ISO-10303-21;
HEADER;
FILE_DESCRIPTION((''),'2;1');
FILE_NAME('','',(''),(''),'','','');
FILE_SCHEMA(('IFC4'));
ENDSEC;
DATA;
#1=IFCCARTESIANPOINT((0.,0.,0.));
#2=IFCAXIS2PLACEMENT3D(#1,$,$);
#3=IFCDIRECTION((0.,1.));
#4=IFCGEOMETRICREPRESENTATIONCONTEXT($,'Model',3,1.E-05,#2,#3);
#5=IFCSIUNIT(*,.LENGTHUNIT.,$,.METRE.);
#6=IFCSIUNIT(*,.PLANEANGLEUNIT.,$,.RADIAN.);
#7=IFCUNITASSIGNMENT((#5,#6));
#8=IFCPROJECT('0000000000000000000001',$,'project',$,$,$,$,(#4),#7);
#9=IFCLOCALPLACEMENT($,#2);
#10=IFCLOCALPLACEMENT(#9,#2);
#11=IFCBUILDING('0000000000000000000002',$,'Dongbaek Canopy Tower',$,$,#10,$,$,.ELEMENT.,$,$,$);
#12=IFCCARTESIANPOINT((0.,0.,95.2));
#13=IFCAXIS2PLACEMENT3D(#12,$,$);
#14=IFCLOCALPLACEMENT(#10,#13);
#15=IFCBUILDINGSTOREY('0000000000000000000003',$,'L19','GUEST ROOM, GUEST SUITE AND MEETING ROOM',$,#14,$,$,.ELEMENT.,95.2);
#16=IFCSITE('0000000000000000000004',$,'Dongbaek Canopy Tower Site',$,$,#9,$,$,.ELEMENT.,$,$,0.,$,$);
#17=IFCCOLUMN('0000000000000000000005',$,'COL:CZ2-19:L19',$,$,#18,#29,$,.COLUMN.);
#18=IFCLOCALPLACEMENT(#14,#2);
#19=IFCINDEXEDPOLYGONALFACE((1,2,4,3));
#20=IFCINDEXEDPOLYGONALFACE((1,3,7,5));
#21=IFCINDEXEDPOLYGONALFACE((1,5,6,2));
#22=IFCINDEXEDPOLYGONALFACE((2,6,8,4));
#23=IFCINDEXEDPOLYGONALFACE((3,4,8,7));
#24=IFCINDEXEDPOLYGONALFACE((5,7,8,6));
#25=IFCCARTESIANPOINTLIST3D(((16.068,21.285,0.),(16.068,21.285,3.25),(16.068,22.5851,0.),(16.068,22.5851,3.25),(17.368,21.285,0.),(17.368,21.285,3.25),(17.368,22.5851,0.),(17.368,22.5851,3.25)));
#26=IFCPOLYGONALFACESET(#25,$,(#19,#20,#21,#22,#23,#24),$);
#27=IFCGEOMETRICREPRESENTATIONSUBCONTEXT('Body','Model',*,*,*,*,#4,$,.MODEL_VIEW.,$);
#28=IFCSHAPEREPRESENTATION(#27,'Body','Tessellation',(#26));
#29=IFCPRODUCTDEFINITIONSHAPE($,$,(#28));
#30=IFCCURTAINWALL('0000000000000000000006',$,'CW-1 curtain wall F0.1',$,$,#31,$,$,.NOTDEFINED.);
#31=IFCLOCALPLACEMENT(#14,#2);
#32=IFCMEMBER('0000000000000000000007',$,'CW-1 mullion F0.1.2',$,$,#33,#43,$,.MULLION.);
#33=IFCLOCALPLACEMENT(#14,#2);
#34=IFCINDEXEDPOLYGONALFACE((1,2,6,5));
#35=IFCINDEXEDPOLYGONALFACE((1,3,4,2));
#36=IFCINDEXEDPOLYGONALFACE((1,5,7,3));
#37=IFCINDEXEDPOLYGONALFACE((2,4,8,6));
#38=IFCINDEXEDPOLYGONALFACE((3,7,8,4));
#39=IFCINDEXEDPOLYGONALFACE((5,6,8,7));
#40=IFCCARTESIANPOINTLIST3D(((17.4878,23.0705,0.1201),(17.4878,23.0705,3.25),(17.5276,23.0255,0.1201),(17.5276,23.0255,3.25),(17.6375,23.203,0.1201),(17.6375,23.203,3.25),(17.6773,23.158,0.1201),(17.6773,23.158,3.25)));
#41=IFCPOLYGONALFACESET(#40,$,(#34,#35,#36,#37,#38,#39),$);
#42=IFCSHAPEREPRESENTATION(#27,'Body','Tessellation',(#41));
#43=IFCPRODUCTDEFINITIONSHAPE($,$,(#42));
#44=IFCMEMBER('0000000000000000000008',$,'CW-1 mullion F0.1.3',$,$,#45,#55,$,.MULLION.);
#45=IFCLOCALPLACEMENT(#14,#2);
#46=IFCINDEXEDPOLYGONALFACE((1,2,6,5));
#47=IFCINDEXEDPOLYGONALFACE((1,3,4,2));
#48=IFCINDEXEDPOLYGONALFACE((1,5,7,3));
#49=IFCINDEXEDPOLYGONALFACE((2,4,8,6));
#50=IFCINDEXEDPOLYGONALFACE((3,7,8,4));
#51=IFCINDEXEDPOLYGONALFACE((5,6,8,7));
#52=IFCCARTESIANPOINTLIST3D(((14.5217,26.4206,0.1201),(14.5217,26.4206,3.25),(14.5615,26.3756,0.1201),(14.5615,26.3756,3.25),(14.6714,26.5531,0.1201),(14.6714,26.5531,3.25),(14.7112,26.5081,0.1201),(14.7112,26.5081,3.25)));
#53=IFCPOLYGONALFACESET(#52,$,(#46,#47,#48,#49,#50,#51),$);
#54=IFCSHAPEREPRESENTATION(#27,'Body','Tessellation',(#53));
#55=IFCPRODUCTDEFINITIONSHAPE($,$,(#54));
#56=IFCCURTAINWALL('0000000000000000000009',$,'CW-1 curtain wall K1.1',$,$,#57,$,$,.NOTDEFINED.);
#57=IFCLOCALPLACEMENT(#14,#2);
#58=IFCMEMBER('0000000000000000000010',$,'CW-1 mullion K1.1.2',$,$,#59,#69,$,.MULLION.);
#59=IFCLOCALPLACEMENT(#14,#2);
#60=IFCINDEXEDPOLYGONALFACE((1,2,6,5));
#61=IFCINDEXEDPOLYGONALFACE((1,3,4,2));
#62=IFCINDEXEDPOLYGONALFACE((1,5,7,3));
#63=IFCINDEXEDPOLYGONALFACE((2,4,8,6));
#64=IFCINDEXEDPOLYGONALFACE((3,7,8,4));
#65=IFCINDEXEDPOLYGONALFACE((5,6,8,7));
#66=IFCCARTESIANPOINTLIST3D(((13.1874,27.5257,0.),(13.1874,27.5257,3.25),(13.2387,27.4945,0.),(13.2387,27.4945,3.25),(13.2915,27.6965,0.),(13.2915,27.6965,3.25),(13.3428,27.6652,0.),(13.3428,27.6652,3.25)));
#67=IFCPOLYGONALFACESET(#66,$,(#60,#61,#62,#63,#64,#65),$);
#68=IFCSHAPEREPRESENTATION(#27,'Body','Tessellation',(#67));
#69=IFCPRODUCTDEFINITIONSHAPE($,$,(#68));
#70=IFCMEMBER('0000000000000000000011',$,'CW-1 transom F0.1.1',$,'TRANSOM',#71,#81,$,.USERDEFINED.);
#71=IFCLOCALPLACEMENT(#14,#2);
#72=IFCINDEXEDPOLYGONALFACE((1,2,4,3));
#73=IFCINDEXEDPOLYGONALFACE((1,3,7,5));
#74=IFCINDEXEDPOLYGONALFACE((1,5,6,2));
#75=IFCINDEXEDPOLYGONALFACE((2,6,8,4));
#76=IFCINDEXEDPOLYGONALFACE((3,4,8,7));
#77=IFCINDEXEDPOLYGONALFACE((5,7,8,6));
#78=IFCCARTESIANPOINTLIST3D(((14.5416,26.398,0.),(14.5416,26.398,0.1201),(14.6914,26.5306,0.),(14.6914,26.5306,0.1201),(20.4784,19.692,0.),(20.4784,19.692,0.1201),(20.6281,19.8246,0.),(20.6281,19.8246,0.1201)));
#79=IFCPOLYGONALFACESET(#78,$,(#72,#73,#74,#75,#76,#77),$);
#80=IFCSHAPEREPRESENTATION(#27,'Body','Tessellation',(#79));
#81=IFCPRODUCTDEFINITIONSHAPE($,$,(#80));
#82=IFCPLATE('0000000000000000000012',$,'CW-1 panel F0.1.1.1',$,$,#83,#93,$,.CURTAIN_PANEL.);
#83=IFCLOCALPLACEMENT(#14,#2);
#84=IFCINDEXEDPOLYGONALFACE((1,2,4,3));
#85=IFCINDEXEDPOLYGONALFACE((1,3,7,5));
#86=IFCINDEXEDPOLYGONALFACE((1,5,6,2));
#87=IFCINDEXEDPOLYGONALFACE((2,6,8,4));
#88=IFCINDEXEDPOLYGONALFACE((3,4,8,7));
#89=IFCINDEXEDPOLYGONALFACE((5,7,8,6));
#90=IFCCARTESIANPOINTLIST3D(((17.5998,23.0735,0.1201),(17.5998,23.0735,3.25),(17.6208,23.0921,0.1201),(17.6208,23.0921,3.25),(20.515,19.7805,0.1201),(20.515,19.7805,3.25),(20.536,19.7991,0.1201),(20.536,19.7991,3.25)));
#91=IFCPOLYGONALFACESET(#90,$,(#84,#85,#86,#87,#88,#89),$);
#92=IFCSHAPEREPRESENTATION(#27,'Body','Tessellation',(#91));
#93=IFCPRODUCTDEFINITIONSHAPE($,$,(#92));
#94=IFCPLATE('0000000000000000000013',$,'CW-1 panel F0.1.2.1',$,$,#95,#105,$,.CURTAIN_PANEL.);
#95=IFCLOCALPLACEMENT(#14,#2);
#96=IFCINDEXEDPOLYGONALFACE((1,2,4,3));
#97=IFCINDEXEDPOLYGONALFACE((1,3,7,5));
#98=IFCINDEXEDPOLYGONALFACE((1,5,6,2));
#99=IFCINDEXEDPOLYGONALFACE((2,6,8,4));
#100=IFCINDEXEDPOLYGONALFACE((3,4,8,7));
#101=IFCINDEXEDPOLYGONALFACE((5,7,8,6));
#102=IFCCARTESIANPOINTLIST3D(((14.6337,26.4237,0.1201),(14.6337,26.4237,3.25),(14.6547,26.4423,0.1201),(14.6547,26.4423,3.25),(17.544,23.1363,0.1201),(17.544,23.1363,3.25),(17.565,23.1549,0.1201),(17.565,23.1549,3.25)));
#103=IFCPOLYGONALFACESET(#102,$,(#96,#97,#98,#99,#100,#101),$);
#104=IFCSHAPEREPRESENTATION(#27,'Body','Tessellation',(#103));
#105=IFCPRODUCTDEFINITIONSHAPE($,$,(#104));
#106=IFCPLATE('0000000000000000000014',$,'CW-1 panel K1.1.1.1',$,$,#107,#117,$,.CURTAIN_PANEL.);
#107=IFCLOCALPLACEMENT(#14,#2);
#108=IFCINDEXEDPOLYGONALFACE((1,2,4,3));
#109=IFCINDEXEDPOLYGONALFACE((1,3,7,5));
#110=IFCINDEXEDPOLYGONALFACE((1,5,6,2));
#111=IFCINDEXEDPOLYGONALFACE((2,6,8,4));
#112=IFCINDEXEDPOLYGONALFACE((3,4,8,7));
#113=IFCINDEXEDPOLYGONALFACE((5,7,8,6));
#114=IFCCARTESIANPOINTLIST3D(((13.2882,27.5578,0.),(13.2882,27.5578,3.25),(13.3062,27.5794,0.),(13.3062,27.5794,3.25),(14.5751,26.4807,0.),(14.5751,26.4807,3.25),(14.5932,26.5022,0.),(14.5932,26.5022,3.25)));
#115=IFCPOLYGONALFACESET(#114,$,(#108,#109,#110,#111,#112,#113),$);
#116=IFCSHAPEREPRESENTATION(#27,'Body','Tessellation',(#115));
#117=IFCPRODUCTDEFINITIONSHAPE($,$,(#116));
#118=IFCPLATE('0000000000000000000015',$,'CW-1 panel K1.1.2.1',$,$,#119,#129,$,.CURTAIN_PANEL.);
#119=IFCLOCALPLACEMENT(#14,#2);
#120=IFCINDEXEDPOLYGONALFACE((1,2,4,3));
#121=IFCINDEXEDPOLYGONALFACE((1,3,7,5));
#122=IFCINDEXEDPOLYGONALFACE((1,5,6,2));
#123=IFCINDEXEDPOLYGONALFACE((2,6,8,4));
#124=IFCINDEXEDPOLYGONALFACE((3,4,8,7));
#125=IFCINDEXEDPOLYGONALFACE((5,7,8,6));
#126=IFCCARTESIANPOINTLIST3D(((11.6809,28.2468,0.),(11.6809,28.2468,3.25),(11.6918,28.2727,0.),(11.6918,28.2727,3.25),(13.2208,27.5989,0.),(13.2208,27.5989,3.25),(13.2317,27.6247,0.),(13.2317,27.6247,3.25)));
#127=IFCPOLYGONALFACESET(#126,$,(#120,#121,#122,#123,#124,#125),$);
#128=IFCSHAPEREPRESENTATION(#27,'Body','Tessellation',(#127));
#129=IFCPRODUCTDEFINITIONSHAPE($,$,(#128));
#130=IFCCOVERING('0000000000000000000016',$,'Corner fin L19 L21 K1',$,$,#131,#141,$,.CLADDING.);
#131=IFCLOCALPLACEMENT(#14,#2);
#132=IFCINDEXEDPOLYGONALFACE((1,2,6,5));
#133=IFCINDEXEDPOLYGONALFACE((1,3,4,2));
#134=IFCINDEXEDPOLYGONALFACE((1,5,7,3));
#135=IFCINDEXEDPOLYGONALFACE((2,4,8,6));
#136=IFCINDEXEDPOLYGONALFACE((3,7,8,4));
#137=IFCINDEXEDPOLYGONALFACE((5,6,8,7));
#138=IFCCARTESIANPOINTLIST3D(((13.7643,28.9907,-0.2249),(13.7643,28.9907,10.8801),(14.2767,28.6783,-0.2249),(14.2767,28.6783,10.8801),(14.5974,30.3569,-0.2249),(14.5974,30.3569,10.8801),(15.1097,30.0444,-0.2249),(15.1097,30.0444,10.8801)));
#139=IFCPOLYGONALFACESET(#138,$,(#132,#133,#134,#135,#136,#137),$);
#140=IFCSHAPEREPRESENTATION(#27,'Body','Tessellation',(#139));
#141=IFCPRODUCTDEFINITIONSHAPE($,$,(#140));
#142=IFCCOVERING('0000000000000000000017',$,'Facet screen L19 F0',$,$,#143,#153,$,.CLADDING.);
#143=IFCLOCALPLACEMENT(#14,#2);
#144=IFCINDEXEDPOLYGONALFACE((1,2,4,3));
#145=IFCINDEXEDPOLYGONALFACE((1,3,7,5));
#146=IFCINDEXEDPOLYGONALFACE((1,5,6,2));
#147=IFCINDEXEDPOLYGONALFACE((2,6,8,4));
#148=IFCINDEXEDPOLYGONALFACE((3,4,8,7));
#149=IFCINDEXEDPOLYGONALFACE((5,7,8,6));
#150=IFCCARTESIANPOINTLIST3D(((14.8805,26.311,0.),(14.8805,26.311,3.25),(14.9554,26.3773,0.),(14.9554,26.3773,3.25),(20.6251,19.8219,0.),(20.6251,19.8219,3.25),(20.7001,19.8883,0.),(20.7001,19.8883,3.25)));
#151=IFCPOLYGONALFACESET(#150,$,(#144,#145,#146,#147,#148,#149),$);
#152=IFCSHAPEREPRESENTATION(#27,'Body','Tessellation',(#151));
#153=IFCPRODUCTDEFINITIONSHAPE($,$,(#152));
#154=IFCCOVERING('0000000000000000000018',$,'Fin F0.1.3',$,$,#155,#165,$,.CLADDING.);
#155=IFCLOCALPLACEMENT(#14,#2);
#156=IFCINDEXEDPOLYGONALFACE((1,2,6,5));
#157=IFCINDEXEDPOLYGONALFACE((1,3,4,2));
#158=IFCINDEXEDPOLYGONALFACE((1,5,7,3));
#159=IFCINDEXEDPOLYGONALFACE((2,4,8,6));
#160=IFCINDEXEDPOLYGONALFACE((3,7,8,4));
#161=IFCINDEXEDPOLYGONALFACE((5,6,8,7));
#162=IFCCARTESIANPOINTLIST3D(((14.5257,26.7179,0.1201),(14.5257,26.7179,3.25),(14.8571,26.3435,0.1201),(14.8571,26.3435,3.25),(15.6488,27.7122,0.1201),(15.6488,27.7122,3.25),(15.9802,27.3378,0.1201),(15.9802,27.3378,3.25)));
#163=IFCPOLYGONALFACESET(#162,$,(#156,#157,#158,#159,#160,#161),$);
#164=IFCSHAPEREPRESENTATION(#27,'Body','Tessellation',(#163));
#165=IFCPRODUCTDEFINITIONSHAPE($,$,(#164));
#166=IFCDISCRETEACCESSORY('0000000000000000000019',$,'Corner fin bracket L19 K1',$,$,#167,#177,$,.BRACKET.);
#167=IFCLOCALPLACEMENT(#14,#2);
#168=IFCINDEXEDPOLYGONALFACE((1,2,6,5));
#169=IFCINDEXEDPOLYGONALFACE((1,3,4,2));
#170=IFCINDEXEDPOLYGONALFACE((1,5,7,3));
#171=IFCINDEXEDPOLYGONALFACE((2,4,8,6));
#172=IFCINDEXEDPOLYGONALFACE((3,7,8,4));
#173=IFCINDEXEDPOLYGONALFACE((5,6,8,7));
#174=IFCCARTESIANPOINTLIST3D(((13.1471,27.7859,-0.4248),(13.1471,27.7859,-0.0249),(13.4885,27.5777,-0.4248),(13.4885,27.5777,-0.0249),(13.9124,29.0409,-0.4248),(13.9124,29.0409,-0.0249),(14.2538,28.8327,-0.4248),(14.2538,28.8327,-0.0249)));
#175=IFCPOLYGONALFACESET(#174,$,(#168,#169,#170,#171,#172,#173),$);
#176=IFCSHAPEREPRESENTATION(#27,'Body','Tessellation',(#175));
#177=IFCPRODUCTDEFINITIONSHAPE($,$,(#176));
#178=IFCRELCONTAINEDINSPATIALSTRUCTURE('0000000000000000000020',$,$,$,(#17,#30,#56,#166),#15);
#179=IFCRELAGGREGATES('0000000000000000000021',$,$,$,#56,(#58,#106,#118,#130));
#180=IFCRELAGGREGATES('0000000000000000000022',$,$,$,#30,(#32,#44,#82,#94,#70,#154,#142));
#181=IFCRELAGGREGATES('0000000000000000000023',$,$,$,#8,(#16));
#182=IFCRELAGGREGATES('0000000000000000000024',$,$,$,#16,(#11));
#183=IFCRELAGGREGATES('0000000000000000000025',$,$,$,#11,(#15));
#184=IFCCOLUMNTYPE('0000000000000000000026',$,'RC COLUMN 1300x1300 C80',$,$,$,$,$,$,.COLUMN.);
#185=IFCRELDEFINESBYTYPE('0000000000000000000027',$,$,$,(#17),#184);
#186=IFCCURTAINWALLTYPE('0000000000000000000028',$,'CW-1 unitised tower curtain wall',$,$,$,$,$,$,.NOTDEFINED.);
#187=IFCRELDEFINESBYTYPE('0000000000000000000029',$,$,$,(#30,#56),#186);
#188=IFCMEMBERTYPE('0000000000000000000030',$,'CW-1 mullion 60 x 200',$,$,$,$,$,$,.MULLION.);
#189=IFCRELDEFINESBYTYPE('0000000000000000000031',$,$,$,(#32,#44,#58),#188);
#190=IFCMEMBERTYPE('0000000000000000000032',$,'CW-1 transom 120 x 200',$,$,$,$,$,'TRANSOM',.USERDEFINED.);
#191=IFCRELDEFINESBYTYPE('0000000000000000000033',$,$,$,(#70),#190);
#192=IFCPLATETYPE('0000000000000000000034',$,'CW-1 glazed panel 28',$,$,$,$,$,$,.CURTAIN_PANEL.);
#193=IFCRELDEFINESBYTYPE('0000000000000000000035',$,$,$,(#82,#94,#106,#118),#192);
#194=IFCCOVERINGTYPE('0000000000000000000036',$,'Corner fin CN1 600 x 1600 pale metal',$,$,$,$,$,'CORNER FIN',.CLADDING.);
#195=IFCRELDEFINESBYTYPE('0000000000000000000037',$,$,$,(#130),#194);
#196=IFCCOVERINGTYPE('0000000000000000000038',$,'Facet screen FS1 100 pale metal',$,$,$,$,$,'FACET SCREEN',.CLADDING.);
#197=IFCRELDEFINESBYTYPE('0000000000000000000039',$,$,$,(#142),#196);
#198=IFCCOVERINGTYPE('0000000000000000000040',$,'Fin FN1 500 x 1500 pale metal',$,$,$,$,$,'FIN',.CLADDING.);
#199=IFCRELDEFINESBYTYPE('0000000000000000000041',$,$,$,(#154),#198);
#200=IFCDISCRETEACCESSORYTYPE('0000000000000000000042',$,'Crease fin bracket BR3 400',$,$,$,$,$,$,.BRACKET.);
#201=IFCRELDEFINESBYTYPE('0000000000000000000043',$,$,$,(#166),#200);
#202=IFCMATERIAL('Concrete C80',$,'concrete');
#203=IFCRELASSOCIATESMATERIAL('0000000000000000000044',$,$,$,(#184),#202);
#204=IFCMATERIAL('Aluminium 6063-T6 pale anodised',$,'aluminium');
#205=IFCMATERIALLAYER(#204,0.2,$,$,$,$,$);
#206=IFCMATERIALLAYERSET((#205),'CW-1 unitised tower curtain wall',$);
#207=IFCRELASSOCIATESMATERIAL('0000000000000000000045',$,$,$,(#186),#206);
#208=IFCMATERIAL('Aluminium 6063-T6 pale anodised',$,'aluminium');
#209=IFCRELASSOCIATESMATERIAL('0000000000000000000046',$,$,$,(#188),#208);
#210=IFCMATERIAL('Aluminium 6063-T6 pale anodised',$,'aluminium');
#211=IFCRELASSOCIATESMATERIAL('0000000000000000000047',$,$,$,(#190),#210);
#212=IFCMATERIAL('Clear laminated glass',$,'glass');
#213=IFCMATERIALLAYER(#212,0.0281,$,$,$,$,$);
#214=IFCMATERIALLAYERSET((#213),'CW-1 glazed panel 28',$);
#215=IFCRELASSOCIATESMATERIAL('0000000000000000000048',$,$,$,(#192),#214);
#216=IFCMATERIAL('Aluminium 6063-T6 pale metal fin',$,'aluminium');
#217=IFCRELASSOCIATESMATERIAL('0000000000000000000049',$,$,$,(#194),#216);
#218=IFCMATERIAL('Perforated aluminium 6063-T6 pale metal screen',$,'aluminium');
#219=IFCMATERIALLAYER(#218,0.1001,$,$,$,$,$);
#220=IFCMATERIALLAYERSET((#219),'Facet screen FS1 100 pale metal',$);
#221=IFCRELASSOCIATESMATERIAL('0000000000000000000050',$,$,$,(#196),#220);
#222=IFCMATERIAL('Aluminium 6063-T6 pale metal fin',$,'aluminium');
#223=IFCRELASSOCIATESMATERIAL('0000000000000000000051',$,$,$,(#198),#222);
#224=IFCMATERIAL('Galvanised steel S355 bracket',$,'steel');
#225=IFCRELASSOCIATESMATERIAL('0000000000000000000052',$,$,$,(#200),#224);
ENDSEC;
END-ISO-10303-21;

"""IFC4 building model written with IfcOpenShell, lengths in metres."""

from ifc_helpers import new_model, si_unit, direction, frame, origin, origin_2d, place, context, subcontext, project, spatial, rectangle, extrude, material, layer, layer_set, material_profile, profile_set, type_object, element, aggregate, save


model = new_model("IFC4")

# Units and contexts
model_context = context("Model", 3, precision=1e-05, world=origin(), true_north=direction((0.0, 1.0)))
body_context = subcontext(model_context, "Body", "Model", "MODEL_VIEW")
ifc_project = project(units=[si_unit("LENGTHUNIT", "METRE"), si_unit("PLANEANGLEUNIT", "RADIAN")], contexts=[model_context])

# Site, building, storey
site_placement = place(None, origin())
site = spatial("IfcSite", under=ifc_project, at=site_placement, Name="Dongbaek Canopy Tower Site", CompositionType="ELEMENT", RefElevation=0.0)
building_placement = place(site_placement, origin())
building = spatial("IfcBuilding", under=site, at=building_placement, Name="Dongbaek Canopy Tower", CompositionType="ELEMENT")
storey_placement = place(building_placement, frame((0.0, 0.0, 95.2)))
storey = spatial("IfcBuildingStorey", under=building, at=storey_placement, Name="L19", Description="GUEST ROOM, GUEST SUITE AND MEETING ROOM", CompositionType="ELEMENT", Elevation=95.2)

# Column
ifc_material_1 = material(Name="Concrete C80", Category="concrete")
ifc_material_profile_1 = material_profile(ifc_material_1, rectangle(XDim=1.3, YDim=1.3, at=origin_2d()), Name="RC COLUMN 1300x1300 C80")
ifc_profile_set_1 = profile_set([ifc_material_profile_1], Name="Concrete C80")
column_type = type_object("IfcColumnType", Name="RC COLUMN 1300x1300 C80", PredefinedType="COLUMN", material=ifc_profile_set_1)
column_placement = place(storey_placement, frame((16.718, 21.9351, 0.0), z_axis=(0.0, 0.0, 1.0), x_axis=(1.0, 0.0, 0.0)))
element("IfcColumn", 1, at=column_placement, inside=storey, type_object=column_type, Name="COL:CZ2-19:L19", PredefinedType="COLUMN", context=body_context, shape_type="SweptSolid", body=[
    extrude(rectangle(XDim=1.3, YDim=1.3, at=origin_2d()), origin(), (0.0, 0.0, 1.0), 3.25),
])

# Curtain wall, members
ifc_material_2 = material(Name="Aluminium 6063-T6 pale anodised", Category="aluminium")
ifc_layer_1 = layer(ifc_material_2, 0.2)
ifc_layer_set_1 = layer_set([ifc_layer_1], Name="CW-1 unitised tower curtain wall")
curtain_wall_type = type_object("IfcCurtainWallType", Name="CW-1 unitised tower curtain wall", PredefinedType="NOTDEFINED", material=ifc_layer_set_1)
curtain_wall_1_placement = place(storey_placement, origin())
curtain_wall_1 = element("IfcCurtainWall", 2, at=curtain_wall_1_placement, inside=storey, type_object=curtain_wall_type, Name="CW-1 curtain wall F0.1", PredefinedType="NOTDEFINED")
ifc_material_3 = material(Name="Aluminium 6063-T6 pale anodised", Category="aluminium")
ifc_material_profile_2 = material_profile(ifc_material_3, rectangle(XDim=0.2, YDim=0.0601, at=origin_2d()), Name="CW-1 mullion 60 x 200")
ifc_profile_set_2 = profile_set([ifc_material_profile_2], Name="Aluminium 6063-T6 pale anodised")
member_type_1 = type_object("IfcMemberType", Name="CW-1 mullion 60 x 200", PredefinedType="MULLION", material=ifc_profile_set_2)
member_1_placement = place(storey_placement, frame((17.5825, 23.1143, 0.1201), z_axis=(0.0, 0.0, 1.0), x_axis=(0.748749, 0.662854, 0.0)))
member_1 = element("IfcMember", 3, at=member_1_placement, type_object=member_type_1, Name="CW-1 mullion F0.1.2", PredefinedType="MULLION", context=body_context, shape_type="SweptSolid", body=[
    extrude(rectangle(XDim=0.2, YDim=0.0601, at=origin_2d()), origin(), (0.0, 0.0, 1.0), 3.1299),
])
member_2_placement = place(storey_placement, frame((14.6165, 26.4644, 0.1201), z_axis=(0.0, 0.0, 1.0), x_axis=(0.748749, 0.662854, 0.0)))
member_2 = element("IfcMember", 4, at=member_2_placement, type_object=member_type_1, Name="CW-1 mullion F0.1.3", PredefinedType="MULLION", context=body_context, shape_type="SweptSolid", body=[
    extrude(rectangle(XDim=0.2, YDim=0.0601, at=origin_2d()), origin(), (0.0, 0.0, 1.0), 3.1299),
])

# Curtain wall, member
curtain_wall_2_placement = place(storey_placement, origin())
curtain_wall_2 = element("IfcCurtainWall", 5, at=curtain_wall_2_placement, inside=storey, type_object=curtain_wall_type, Name="CW-1 curtain wall K1.1", PredefinedType="NOTDEFINED")
member_3_placement = place(storey_placement, frame((13.2651, 27.5955, 0.0), z_axis=(0.0, 0.0, 1.0), x_axis=(0.520636, 0.853779, 0.0)))
member_3 = element("IfcMember", 6, at=member_3_placement, type_object=member_type_1, Name="CW-1 mullion K1.1.2", PredefinedType="MULLION", context=body_context, shape_type="SweptSolid", body=[
    extrude(rectangle(XDim=0.2, YDim=0.0601, at=origin_2d()), origin(), (0.0, 0.0, 1.0), 3.25),
])

# Member
ifc_material_4 = material(Name="Aluminium 6063-T6 pale anodised", Category="aluminium")
ifc_material_profile_3 = material_profile(ifc_material_4, rectangle(XDim=0.2, YDim=0.1201, at=origin_2d()), Name="CW-1 transom 120 x 200")
ifc_profile_set_3 = profile_set([ifc_material_profile_3], Name="Aluminium 6063-T6 pale anodised")
member_type_2 = type_object("IfcMemberType", Name="CW-1 transom 120 x 200", ElementType="TRANSOM", PredefinedType="USERDEFINED", material=ifc_profile_set_3)
member_4_placement = place(storey_placement, frame((20.5532, 19.7583, 0.0601), z_axis=(-0.662855, 0.748748, 0.0), x_axis=(-0.748748, -0.662855, 0.0)))
member_4 = element("IfcMember", 7, at=member_4_placement, type_object=member_type_2, Name="CW-1 transom F0.1.1", ObjectType="TRANSOM", PredefinedType="USERDEFINED", context=body_context, shape_type="SweptSolid", body=[
    extrude(rectangle(XDim=0.2, YDim=0.1201, at=origin_2d()), origin(), (0.0, 0.0, 1.0), 8.9563),
])

# Plates
ifc_material_5 = material(Name="Clear laminated glass", Category="glass")
ifc_layer_2 = layer(ifc_material_5, 0.0281)
ifc_layer_set_2 = layer_set([ifc_layer_2], Name="CW-1 glazed panel 28")
plate_type = type_object("IfcPlateType", Name="CW-1 glazed panel 28", PredefinedType="CURTAIN_PANEL", material=ifc_layer_set_2)
plate_1_placement = place(storey_placement, frame((19.0679, 21.4363, 0.1201), z_axis=(0.0, 0.0, 1.0), x_axis=(-0.662854, 0.748749, 0.0)))
plate_1 = element("IfcPlate", 8, at=plate_1_placement, type_object=plate_type, Name="CW-1 panel F0.1.1.1", PredefinedType="CURTAIN_PANEL", context=body_context, shape_type="SweptSolid", body=[
    extrude(rectangle(XDim=4.3979, YDim=0.0281, at=origin_2d()), origin(), (0.0, 0.0, 1.0), 3.1299),
])
plate_2_placement = place(storey_placement, frame((16.0994, 24.7893, 0.1201), z_axis=(0.0, 0.0, 1.0), x_axis=(-0.662854, 0.748749, 0.0)))
plate_2 = element("IfcPlate", 9, at=plate_2_placement, type_object=plate_type, Name="CW-1 panel F0.1.2.1", PredefinedType="CURTAIN_PANEL", context=body_context, shape_type="SweptSolid", body=[
    extrude(rectangle(XDim=4.3906, YDim=0.0281, at=origin_2d()), origin(), (0.0, 0.0, 1.0), 3.1299),
])
plate_3_placement = place(storey_placement, frame((13.9407, 27.03, 0.0), z_axis=(0.0, 0.0, 1.0), x_axis=(-0.766846, 0.641831, 0.0)))
plate_3 = element("IfcPlate", 10, at=plate_3_placement, type_object=plate_type, Name="CW-1 panel K1.1.1.1", PredefinedType="CURTAIN_PANEL", context=body_context, shape_type="SweptSolid", body=[
    extrude(rectangle(XDim=1.6782, YDim=0.0281, at=origin_2d()), origin(), (0.0, 0.0, 1.0), 3.25),
])
plate_4_placement = place(storey_placement, frame((12.4563, 27.9358, 0.0), z_axis=(0.0, 0.0, 1.0), x_axis=(-0.921719, 0.387858, 0.0)))
plate_4 = element("IfcPlate", 11, at=plate_4_placement, type_object=plate_type, Name="CW-1 panel K1.1.2.1", PredefinedType="CURTAIN_PANEL", context=body_context, shape_type="SweptSolid", body=[
    extrude(rectangle(XDim=1.6707, YDim=0.0281, at=origin_2d()), origin(), (0.0, 0.0, 1.0), 3.25),
])

# Coverings
ifc_material_6 = material(Name="Aluminium 6063-T6 pale metal fin", Category="aluminium")
ifc_material_profile_4 = material_profile(ifc_material_6, rectangle(XDim=1.6001, YDim=0.6001, at=origin_2d()), Name="Corner fin CN1 600 x 1600 pale metal")
ifc_profile_set_4 = profile_set([ifc_material_profile_4], Name="Aluminium 6063-T6 pale metal fin")
covering_type_1 = type_object("IfcCoveringType", Name="Corner fin CN1 600 x 1600 pale metal", ElementType="CORNER FIN", PredefinedType="CLADDING", material=ifc_profile_set_4)
covering_1_placement = place(storey_placement, frame((14.437, 29.5176, -0.2249), z_axis=(0.0, 0.0, 1.0), x_axis=(0.520636, 0.853779, 0.0)))
covering_1 = element("IfcCovering", 12, at=covering_1_placement, type_object=covering_type_1, Name="Corner fin L19 L21 K1", PredefinedType="CLADDING", context=body_context, shape_type="SweptSolid", body=[
    extrude(rectangle(XDim=1.6001, YDim=0.6001, at=origin_2d()), origin(), (0.0, 0.0, 1.0), 11.105),
])
aggregate(curtain_wall_2, [member_3, plate_3, plate_4, covering_1])
ifc_material_7 = material(Name="Perforated aluminium 6063-T6 pale metal screen", Category="aluminium")
ifc_layer_3 = layer(ifc_material_7, 0.1001)
ifc_layer_set_3 = layer_set([ifc_layer_3], Name="Facet screen FS1 100 pale metal")
covering_type_2 = type_object("IfcCoveringType", Name="Facet screen FS1 100 pale metal", ElementType="FACET SCREEN", PredefinedType="CLADDING", material=ifc_layer_set_3)
covering_2_placement = place(storey_placement, frame((17.7903, 23.0996, 0.0), z_axis=(0.0, 0.0, 1.0), x_axis=(-0.662854, 0.748749, 0.0)))
covering_2 = element("IfcCovering", 13, at=covering_2_placement, type_object=covering_type_2, Name="Facet screen L19 F0", PredefinedType="CLADDING", context=body_context, shape_type="SweptSolid", body=[
    extrude(rectangle(XDim=8.6665, YDim=0.1001, at=origin_2d()), origin(), (0.0, 0.0, 1.0), 3.25),
])
ifc_material_8 = material(Name="Aluminium 6063-T6 pale metal fin", Category="aluminium")
ifc_material_profile_5 = material_profile(ifc_material_8, rectangle(XDim=1.5, YDim=0.5, at=origin_2d()), Name="Fin FN1 500 x 1500 pale metal")
ifc_profile_set_5 = profile_set([ifc_material_profile_5], Name="Aluminium 6063-T6 pale metal fin")
covering_type_3 = type_object("IfcCoveringType", Name="Fin FN1 500 x 1500 pale metal", ElementType="FIN", PredefinedType="CLADDING", material=ifc_profile_set_5)
covering_3_placement = place(storey_placement, frame((15.2529, 27.0278, 0.1201), z_axis=(0.0, 0.0, 1.0), x_axis=(0.748749, 0.662854, 0.0)))
covering_3 = element("IfcCovering", 14, at=covering_3_placement, type_object=covering_type_3, Name="Fin F0.1.3", PredefinedType="CLADDING", context=body_context, shape_type="SweptSolid", body=[
    extrude(rectangle(XDim=1.5, YDim=0.5, at=origin_2d()), origin(), (0.0, 0.0, 1.0), 3.1299),
])
aggregate(curtain_wall_1, [member_1, member_2, plate_1, plate_2, member_4, covering_3, covering_2])

# Discrete accessory
ifc_material_9 = material(Name="Galvanised steel S355 bracket", Category="steel")
discrete_accessory_type = type_object("IfcDiscreteAccessoryType", Name="Crease fin bracket BR3 400", PredefinedType="BRACKET", material=ifc_material_9)
discrete_accessory_placement = place(storey_placement, frame((13.7004, 28.3093, -0.4248), z_axis=(0.0, 0.0, 1.0), x_axis=(0.520636, 0.853779, 0.0)))
element("IfcDiscreteAccessory", 15, at=discrete_accessory_placement, inside=storey, type_object=discrete_accessory_type, Name="Corner fin bracket L19 K1", PredefinedType="BRACKET", context=body_context, shape_type="SweptSolid", body=[
    extrude(rectangle(XDim=1.47, YDim=0.3999, at=origin_2d()), origin(), (0.0, 0.0, 1.0), 0.3999),
])

save(model, "model.ifc")
